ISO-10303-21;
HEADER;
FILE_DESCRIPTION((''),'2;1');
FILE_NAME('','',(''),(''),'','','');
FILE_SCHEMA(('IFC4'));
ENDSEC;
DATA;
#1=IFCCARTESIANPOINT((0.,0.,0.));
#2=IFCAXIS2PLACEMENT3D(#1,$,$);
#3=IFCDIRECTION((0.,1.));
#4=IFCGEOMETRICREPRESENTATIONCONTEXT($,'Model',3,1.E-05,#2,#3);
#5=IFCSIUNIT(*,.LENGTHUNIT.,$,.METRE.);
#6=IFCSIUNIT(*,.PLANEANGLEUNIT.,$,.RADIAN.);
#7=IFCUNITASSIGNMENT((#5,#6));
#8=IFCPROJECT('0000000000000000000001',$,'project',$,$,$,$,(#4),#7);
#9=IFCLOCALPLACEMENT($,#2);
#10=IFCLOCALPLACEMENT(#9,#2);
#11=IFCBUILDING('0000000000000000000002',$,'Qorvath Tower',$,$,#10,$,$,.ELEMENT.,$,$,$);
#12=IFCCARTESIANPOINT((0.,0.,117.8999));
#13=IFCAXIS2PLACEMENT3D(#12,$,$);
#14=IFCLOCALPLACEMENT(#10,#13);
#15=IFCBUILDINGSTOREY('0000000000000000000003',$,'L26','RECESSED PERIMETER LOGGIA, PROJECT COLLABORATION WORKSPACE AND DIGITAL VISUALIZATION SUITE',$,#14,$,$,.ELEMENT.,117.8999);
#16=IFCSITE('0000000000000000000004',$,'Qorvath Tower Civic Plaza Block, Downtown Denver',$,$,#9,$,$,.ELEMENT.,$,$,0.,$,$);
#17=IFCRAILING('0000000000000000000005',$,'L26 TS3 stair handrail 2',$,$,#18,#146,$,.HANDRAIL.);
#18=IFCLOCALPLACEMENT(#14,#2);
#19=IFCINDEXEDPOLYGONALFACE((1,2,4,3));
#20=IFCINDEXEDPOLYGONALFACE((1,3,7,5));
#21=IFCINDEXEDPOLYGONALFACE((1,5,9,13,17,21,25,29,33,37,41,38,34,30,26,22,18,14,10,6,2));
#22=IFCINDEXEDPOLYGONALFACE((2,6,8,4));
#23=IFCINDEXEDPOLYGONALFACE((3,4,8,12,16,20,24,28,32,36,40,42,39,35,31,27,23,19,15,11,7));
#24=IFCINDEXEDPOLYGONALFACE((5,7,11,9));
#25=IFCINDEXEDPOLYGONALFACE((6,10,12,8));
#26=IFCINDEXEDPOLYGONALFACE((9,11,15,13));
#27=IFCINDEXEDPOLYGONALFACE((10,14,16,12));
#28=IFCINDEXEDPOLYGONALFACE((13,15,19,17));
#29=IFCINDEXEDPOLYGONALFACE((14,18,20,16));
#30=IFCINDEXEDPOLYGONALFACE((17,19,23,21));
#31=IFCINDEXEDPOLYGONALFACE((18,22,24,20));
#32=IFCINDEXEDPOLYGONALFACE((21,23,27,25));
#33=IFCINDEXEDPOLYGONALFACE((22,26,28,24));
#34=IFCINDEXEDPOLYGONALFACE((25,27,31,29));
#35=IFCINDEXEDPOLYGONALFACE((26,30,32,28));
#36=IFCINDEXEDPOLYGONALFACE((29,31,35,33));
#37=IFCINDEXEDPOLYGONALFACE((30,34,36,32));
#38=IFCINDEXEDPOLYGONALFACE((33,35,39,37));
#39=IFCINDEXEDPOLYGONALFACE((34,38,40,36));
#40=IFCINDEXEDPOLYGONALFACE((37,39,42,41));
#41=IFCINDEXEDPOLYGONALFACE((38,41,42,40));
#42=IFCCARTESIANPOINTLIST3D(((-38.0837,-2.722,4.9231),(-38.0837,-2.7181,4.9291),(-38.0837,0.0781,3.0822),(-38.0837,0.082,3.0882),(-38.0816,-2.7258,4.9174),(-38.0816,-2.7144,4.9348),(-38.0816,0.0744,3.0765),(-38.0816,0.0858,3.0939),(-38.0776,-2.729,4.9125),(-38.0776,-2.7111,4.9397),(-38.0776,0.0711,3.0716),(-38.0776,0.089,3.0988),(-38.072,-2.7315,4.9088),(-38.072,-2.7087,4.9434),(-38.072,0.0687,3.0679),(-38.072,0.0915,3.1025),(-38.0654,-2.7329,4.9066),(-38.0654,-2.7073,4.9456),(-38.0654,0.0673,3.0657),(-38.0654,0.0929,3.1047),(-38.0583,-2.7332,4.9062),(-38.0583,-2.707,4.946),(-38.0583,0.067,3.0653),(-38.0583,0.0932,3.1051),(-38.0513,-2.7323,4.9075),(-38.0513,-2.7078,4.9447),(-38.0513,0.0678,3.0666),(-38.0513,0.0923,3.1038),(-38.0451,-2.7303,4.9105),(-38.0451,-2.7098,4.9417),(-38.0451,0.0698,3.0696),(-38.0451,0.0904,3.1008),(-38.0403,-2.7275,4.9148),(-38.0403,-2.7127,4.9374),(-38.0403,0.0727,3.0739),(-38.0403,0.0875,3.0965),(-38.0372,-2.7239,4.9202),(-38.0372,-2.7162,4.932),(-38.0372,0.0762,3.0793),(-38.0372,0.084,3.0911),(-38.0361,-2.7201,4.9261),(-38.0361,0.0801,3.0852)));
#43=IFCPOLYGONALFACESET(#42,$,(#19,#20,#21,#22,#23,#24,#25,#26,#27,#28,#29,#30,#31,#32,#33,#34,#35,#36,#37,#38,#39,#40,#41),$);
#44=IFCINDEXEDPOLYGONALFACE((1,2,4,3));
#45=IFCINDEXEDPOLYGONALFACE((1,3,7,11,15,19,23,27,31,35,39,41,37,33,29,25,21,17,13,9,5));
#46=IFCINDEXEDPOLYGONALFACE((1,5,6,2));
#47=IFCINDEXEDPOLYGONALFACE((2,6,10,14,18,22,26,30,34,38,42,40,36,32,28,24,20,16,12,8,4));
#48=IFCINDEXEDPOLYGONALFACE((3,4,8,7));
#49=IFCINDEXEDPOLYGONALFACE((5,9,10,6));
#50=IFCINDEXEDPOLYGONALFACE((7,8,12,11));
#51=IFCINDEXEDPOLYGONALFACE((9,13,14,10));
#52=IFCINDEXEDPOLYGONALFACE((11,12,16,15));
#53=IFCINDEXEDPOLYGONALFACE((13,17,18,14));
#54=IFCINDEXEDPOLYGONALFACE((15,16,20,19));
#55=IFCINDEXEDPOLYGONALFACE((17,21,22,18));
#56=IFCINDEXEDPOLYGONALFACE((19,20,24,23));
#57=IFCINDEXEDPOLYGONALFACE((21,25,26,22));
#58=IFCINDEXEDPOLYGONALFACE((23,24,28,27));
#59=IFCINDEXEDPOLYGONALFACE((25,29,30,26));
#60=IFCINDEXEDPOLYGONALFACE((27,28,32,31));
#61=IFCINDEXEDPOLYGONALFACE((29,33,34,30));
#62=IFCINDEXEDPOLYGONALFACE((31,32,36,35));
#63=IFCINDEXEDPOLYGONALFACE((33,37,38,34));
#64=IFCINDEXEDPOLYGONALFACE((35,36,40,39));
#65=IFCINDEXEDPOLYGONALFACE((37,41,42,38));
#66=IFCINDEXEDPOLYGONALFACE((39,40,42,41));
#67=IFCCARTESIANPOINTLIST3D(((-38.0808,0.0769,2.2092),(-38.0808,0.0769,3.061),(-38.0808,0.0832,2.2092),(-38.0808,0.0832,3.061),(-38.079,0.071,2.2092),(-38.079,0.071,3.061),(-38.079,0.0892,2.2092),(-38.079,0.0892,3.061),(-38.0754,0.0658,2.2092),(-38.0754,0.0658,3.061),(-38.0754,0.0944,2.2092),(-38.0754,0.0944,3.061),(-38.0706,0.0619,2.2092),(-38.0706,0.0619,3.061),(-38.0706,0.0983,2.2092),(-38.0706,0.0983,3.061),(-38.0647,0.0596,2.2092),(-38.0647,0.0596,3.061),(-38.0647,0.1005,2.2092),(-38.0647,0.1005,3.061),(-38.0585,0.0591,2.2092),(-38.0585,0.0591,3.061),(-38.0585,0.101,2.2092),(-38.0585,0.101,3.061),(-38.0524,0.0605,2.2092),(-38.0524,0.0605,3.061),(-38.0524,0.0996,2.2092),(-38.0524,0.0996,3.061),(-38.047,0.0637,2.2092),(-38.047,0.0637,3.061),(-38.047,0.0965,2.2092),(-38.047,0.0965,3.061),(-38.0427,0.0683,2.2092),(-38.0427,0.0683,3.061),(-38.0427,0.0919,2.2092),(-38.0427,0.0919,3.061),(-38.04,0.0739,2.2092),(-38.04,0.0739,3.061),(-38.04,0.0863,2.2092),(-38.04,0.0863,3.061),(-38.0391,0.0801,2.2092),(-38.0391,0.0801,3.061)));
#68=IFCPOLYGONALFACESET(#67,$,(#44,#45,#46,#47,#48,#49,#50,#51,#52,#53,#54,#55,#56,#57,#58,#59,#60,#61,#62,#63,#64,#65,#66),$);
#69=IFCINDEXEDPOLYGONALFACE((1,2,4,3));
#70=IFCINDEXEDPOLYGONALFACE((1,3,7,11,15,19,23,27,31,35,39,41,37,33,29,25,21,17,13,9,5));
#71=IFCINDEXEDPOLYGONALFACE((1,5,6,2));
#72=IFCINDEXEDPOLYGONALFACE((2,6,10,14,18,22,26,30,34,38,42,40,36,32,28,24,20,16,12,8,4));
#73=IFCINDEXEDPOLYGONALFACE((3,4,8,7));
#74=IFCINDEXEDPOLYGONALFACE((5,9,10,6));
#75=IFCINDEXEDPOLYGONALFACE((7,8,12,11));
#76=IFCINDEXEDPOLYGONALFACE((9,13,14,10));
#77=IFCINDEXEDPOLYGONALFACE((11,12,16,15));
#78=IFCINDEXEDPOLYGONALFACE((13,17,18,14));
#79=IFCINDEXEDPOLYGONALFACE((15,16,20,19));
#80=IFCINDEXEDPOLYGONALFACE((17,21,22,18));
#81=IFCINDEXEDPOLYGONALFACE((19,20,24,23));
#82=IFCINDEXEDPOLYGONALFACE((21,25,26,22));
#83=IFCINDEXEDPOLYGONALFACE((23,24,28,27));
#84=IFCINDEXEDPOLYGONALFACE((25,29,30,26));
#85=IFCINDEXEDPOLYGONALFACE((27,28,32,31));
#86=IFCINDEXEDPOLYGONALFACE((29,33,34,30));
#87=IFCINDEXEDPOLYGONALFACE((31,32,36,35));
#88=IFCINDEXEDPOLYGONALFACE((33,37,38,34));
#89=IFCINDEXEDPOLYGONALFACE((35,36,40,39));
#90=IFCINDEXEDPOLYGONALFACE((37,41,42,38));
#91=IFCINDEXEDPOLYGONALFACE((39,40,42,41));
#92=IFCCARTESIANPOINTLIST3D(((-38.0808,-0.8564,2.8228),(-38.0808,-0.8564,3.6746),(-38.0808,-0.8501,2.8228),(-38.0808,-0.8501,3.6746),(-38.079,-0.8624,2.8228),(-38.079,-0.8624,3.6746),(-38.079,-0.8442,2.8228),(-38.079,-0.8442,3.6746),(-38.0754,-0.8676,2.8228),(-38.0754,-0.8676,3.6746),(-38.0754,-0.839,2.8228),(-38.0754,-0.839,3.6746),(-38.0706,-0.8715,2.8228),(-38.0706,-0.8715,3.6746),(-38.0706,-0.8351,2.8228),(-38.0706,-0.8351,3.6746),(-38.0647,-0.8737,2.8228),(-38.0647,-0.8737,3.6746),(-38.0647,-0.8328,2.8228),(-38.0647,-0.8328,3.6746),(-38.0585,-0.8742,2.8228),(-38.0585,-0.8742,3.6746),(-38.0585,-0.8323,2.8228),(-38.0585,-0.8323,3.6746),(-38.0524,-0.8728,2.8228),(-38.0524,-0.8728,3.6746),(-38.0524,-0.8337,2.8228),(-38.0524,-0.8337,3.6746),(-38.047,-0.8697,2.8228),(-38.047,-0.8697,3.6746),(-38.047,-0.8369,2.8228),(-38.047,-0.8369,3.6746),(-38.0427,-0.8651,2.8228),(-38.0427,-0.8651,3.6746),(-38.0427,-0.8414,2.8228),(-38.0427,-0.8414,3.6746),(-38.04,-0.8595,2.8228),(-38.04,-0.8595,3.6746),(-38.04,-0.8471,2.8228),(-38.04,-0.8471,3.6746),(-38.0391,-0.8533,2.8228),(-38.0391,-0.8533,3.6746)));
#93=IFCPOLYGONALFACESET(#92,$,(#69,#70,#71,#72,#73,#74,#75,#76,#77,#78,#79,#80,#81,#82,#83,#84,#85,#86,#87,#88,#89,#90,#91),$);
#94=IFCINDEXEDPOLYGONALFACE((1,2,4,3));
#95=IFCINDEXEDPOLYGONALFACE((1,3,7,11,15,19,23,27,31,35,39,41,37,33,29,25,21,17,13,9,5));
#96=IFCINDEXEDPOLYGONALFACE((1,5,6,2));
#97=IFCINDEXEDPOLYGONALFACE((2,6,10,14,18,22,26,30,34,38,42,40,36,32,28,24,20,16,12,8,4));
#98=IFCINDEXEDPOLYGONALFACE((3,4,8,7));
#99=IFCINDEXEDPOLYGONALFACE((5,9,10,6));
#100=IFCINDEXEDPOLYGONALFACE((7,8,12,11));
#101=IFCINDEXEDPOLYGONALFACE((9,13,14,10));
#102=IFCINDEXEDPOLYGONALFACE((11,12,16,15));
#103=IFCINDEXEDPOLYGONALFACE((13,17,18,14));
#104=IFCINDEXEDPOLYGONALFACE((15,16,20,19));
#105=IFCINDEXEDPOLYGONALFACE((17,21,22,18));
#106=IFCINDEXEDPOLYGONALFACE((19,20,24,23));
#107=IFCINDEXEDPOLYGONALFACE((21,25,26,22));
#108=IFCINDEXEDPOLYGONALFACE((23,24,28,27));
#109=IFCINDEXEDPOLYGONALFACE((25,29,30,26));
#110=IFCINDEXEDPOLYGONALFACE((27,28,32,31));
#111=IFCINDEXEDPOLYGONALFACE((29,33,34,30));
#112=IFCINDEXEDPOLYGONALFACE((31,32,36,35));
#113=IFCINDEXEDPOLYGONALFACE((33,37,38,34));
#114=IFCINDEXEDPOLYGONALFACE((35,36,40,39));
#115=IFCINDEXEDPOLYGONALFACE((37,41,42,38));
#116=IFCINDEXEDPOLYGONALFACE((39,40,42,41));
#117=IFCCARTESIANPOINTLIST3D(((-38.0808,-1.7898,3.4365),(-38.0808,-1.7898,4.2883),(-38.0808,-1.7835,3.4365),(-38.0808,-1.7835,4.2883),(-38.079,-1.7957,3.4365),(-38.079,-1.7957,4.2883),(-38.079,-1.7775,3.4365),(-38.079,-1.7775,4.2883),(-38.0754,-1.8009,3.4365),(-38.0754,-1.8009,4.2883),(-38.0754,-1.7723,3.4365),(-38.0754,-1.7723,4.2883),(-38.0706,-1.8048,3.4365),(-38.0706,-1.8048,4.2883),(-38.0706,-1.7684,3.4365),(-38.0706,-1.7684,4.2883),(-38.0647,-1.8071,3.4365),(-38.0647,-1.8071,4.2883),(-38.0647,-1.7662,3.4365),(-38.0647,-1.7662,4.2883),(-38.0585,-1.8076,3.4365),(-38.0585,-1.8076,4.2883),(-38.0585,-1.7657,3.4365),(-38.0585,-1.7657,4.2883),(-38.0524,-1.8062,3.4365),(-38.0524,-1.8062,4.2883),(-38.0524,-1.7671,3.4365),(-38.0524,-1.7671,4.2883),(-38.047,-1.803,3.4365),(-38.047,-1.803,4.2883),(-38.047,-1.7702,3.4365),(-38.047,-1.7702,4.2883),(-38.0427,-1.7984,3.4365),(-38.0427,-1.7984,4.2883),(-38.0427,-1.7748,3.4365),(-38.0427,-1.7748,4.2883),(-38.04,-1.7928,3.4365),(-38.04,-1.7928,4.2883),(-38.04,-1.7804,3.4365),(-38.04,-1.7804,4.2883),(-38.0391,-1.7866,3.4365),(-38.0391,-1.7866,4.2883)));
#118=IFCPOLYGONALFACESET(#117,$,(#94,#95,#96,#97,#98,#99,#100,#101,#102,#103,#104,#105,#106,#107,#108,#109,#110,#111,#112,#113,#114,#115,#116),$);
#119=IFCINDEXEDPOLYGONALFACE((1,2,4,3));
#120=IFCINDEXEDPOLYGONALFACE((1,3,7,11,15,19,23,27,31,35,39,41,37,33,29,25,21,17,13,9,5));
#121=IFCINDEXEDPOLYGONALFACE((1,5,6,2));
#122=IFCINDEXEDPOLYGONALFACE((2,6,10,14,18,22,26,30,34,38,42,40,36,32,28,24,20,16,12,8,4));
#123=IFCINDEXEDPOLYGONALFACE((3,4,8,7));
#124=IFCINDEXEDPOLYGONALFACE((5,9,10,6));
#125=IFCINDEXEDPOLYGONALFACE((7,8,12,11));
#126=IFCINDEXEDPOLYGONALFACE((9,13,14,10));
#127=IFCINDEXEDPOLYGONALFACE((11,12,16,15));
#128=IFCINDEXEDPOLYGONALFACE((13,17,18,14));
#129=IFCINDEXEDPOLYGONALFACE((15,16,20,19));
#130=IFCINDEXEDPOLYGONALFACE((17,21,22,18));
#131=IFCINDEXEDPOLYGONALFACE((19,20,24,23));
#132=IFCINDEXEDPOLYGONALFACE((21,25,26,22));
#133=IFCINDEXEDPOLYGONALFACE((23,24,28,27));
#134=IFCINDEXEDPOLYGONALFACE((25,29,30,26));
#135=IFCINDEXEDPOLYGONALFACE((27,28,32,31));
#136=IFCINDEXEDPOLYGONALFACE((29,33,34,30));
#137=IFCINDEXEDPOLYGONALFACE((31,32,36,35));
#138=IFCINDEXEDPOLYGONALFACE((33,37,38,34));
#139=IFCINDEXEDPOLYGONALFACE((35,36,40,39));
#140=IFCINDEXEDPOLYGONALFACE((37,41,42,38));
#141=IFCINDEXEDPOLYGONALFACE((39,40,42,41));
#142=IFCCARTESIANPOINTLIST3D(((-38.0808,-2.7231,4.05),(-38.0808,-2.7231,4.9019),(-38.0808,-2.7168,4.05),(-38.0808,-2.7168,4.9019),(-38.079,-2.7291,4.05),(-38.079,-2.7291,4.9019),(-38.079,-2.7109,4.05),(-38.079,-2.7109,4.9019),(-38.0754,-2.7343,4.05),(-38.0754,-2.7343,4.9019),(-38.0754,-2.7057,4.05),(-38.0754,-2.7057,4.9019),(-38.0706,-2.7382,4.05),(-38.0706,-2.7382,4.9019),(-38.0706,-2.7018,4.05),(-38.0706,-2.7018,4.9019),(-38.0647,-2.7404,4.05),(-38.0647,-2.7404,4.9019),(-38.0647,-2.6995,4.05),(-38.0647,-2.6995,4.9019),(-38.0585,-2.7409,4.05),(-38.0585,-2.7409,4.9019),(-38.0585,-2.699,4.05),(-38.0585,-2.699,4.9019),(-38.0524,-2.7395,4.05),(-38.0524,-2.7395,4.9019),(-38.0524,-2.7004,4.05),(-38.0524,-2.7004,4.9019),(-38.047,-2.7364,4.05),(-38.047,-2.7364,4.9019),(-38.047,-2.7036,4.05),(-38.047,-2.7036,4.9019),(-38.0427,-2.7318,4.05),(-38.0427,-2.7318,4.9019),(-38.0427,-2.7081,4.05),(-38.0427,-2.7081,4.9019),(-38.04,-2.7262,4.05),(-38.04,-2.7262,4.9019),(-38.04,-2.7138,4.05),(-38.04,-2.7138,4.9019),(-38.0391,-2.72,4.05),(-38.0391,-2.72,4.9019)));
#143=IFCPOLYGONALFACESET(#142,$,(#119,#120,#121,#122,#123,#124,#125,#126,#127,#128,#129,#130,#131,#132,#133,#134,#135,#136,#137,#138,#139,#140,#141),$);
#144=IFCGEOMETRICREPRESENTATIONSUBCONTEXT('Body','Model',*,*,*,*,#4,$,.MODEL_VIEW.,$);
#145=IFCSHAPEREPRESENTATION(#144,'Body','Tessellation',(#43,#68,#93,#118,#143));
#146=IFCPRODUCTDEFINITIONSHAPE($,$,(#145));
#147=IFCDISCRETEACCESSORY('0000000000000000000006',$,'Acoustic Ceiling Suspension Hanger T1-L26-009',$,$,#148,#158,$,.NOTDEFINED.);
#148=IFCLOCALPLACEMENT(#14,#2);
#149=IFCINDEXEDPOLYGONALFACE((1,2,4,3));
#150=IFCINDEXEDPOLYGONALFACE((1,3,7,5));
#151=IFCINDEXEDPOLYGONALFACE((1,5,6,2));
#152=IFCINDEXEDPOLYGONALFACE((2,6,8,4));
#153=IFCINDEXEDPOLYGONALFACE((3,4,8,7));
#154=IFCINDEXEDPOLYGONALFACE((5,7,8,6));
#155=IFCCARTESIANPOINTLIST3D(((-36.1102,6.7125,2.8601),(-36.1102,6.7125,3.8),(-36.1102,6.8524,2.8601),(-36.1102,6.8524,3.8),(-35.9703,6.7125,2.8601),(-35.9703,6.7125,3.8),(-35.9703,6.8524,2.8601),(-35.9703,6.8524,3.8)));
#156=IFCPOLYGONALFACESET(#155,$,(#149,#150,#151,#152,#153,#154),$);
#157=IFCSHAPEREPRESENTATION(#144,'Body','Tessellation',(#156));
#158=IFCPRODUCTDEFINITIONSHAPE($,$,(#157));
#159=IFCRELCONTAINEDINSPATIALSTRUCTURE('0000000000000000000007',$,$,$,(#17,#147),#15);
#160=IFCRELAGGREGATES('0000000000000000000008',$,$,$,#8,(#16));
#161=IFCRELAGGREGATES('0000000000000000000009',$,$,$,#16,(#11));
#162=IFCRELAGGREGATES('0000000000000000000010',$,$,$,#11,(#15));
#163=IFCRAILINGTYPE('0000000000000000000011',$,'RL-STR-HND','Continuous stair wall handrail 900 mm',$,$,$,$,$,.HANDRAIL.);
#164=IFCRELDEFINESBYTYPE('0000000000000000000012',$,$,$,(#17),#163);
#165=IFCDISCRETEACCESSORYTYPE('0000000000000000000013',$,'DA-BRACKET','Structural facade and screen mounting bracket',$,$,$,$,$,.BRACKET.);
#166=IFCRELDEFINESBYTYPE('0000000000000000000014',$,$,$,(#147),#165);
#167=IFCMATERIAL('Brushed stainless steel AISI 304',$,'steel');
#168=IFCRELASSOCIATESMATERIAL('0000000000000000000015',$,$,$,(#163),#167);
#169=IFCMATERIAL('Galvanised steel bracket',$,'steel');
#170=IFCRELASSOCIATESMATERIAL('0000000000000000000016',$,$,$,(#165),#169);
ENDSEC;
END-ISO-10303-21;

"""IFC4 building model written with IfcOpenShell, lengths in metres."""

from ifc_helpers import new_model, si_unit, direction, frame, origin, origin_2d, place, context, subcontext, project, spatial, rectangle, circle, extrude, material, type_object, element, save


model = new_model("IFC4")

# Units and contexts
model_context = context("Model", 3, precision=1e-05, world=origin(), true_north=direction((0.0, 1.0)))
body_context = subcontext(model_context, "Body", "Model", "MODEL_VIEW")
ifc_project = project(units=[si_unit("LENGTHUNIT", "METRE"), si_unit("PLANEANGLEUNIT", "RADIAN")], contexts=[model_context])

# Site, building, storey
site_placement = place(None, origin())
site = spatial("IfcSite", under=ifc_project, at=site_placement, Name="Qorvath Tower Civic Plaza Block, Downtown Denver", CompositionType="ELEMENT", RefElevation=0.0)
building_placement = place(site_placement, origin())
building = spatial("IfcBuilding", under=site, at=building_placement, Name="Qorvath Tower", CompositionType="ELEMENT")
storey_placement = place(building_placement, frame((0.0, 0.0, 117.8999)))
storey = spatial("IfcBuildingStorey", under=building, at=storey_placement, Name="L26", Description="RECESSED PERIMETER LOGGIA, PROJECT COLLABORATION WORKSPACE AND DIGITAL VISUALIZATION SUITE", CompositionType="ELEMENT", Elevation=117.8999)

# Railing
ifc_material_1 = material(Name="Brushed stainless steel AISI 304", Category="steel")
railing_type_1 = type_object("IfcRailingType", Name="RL-STR-HND", Description="Continuous stair wall handrail 900 mm", PredefinedType="HANDRAIL", material=ifc_material_1)
railing_1_placement = place(storey_placement, frame((-38.0601, 0.0801, 2.2092)))
element("IfcRailing", 1, at=railing_1_placement, inside=storey, type_object=railing_type_1, Name="L26 TS3 stair handrail 2", PredefinedType="HANDRAIL", context=body_context, shape_type="SweptSolid", body=[
    extrude(circle(Radius=0.0239, at=origin_2d()), frame((0.0, 0.0, 0.876), z_axis=(0.0, -0.835598, 0.549342), x_axis=(1.0, 0.0, 0.0)), (0.0, 0.0, 1.0), 3.3511),
    extrude(circle(Radius=0.021, at=origin_2d()), origin(), (0.0, 0.0, 1.0), 0.8518),
    extrude(circle(Radius=0.021, at=origin_2d()), frame((0.0, -0.9333, 0.6135)), (0.0, 0.0, 1.0), 0.8518),
    extrude(circle(Radius=0.021, at=origin_2d()), frame((0.0, -1.8667, 1.2273)), (0.0, 0.0, 1.0), 0.8518),
    extrude(circle(Radius=0.021, at=origin_2d()), frame((0.0, -2.8, 1.8408)), (0.0, 0.0, 1.0), 0.8518),
])

# Discrete accessory
ifc_material_2 = material(Name="Galvanised steel bracket", Category="steel")
discrete_accessory_type = type_object("IfcDiscreteAccessoryType", Name="DA-BRACKET", Description="Structural facade and screen mounting bracket", PredefinedType="BRACKET", material=ifc_material_2)
discrete_accessory_placement = place(storey_placement, frame((-36.0403, 6.7825, 2.8601), z_axis=(0.0, 0.0, 1.0), x_axis=(1.0, 0.0, 0.0)))
element("IfcDiscreteAccessory", 2, at=discrete_accessory_placement, inside=storey, type_object=discrete_accessory_type, Name="Acoustic Ceiling Suspension Hanger T1-L26-009", PredefinedType="NOTDEFINED", context=body_context, shape_type="SweptSolid", body=[
    extrude(rectangle(XDim=0.1399, YDim=0.1399, at=origin_2d()), origin(), (0.0, 0.0, 1.0), 0.9399),
])

save(model, "model.ifc")
